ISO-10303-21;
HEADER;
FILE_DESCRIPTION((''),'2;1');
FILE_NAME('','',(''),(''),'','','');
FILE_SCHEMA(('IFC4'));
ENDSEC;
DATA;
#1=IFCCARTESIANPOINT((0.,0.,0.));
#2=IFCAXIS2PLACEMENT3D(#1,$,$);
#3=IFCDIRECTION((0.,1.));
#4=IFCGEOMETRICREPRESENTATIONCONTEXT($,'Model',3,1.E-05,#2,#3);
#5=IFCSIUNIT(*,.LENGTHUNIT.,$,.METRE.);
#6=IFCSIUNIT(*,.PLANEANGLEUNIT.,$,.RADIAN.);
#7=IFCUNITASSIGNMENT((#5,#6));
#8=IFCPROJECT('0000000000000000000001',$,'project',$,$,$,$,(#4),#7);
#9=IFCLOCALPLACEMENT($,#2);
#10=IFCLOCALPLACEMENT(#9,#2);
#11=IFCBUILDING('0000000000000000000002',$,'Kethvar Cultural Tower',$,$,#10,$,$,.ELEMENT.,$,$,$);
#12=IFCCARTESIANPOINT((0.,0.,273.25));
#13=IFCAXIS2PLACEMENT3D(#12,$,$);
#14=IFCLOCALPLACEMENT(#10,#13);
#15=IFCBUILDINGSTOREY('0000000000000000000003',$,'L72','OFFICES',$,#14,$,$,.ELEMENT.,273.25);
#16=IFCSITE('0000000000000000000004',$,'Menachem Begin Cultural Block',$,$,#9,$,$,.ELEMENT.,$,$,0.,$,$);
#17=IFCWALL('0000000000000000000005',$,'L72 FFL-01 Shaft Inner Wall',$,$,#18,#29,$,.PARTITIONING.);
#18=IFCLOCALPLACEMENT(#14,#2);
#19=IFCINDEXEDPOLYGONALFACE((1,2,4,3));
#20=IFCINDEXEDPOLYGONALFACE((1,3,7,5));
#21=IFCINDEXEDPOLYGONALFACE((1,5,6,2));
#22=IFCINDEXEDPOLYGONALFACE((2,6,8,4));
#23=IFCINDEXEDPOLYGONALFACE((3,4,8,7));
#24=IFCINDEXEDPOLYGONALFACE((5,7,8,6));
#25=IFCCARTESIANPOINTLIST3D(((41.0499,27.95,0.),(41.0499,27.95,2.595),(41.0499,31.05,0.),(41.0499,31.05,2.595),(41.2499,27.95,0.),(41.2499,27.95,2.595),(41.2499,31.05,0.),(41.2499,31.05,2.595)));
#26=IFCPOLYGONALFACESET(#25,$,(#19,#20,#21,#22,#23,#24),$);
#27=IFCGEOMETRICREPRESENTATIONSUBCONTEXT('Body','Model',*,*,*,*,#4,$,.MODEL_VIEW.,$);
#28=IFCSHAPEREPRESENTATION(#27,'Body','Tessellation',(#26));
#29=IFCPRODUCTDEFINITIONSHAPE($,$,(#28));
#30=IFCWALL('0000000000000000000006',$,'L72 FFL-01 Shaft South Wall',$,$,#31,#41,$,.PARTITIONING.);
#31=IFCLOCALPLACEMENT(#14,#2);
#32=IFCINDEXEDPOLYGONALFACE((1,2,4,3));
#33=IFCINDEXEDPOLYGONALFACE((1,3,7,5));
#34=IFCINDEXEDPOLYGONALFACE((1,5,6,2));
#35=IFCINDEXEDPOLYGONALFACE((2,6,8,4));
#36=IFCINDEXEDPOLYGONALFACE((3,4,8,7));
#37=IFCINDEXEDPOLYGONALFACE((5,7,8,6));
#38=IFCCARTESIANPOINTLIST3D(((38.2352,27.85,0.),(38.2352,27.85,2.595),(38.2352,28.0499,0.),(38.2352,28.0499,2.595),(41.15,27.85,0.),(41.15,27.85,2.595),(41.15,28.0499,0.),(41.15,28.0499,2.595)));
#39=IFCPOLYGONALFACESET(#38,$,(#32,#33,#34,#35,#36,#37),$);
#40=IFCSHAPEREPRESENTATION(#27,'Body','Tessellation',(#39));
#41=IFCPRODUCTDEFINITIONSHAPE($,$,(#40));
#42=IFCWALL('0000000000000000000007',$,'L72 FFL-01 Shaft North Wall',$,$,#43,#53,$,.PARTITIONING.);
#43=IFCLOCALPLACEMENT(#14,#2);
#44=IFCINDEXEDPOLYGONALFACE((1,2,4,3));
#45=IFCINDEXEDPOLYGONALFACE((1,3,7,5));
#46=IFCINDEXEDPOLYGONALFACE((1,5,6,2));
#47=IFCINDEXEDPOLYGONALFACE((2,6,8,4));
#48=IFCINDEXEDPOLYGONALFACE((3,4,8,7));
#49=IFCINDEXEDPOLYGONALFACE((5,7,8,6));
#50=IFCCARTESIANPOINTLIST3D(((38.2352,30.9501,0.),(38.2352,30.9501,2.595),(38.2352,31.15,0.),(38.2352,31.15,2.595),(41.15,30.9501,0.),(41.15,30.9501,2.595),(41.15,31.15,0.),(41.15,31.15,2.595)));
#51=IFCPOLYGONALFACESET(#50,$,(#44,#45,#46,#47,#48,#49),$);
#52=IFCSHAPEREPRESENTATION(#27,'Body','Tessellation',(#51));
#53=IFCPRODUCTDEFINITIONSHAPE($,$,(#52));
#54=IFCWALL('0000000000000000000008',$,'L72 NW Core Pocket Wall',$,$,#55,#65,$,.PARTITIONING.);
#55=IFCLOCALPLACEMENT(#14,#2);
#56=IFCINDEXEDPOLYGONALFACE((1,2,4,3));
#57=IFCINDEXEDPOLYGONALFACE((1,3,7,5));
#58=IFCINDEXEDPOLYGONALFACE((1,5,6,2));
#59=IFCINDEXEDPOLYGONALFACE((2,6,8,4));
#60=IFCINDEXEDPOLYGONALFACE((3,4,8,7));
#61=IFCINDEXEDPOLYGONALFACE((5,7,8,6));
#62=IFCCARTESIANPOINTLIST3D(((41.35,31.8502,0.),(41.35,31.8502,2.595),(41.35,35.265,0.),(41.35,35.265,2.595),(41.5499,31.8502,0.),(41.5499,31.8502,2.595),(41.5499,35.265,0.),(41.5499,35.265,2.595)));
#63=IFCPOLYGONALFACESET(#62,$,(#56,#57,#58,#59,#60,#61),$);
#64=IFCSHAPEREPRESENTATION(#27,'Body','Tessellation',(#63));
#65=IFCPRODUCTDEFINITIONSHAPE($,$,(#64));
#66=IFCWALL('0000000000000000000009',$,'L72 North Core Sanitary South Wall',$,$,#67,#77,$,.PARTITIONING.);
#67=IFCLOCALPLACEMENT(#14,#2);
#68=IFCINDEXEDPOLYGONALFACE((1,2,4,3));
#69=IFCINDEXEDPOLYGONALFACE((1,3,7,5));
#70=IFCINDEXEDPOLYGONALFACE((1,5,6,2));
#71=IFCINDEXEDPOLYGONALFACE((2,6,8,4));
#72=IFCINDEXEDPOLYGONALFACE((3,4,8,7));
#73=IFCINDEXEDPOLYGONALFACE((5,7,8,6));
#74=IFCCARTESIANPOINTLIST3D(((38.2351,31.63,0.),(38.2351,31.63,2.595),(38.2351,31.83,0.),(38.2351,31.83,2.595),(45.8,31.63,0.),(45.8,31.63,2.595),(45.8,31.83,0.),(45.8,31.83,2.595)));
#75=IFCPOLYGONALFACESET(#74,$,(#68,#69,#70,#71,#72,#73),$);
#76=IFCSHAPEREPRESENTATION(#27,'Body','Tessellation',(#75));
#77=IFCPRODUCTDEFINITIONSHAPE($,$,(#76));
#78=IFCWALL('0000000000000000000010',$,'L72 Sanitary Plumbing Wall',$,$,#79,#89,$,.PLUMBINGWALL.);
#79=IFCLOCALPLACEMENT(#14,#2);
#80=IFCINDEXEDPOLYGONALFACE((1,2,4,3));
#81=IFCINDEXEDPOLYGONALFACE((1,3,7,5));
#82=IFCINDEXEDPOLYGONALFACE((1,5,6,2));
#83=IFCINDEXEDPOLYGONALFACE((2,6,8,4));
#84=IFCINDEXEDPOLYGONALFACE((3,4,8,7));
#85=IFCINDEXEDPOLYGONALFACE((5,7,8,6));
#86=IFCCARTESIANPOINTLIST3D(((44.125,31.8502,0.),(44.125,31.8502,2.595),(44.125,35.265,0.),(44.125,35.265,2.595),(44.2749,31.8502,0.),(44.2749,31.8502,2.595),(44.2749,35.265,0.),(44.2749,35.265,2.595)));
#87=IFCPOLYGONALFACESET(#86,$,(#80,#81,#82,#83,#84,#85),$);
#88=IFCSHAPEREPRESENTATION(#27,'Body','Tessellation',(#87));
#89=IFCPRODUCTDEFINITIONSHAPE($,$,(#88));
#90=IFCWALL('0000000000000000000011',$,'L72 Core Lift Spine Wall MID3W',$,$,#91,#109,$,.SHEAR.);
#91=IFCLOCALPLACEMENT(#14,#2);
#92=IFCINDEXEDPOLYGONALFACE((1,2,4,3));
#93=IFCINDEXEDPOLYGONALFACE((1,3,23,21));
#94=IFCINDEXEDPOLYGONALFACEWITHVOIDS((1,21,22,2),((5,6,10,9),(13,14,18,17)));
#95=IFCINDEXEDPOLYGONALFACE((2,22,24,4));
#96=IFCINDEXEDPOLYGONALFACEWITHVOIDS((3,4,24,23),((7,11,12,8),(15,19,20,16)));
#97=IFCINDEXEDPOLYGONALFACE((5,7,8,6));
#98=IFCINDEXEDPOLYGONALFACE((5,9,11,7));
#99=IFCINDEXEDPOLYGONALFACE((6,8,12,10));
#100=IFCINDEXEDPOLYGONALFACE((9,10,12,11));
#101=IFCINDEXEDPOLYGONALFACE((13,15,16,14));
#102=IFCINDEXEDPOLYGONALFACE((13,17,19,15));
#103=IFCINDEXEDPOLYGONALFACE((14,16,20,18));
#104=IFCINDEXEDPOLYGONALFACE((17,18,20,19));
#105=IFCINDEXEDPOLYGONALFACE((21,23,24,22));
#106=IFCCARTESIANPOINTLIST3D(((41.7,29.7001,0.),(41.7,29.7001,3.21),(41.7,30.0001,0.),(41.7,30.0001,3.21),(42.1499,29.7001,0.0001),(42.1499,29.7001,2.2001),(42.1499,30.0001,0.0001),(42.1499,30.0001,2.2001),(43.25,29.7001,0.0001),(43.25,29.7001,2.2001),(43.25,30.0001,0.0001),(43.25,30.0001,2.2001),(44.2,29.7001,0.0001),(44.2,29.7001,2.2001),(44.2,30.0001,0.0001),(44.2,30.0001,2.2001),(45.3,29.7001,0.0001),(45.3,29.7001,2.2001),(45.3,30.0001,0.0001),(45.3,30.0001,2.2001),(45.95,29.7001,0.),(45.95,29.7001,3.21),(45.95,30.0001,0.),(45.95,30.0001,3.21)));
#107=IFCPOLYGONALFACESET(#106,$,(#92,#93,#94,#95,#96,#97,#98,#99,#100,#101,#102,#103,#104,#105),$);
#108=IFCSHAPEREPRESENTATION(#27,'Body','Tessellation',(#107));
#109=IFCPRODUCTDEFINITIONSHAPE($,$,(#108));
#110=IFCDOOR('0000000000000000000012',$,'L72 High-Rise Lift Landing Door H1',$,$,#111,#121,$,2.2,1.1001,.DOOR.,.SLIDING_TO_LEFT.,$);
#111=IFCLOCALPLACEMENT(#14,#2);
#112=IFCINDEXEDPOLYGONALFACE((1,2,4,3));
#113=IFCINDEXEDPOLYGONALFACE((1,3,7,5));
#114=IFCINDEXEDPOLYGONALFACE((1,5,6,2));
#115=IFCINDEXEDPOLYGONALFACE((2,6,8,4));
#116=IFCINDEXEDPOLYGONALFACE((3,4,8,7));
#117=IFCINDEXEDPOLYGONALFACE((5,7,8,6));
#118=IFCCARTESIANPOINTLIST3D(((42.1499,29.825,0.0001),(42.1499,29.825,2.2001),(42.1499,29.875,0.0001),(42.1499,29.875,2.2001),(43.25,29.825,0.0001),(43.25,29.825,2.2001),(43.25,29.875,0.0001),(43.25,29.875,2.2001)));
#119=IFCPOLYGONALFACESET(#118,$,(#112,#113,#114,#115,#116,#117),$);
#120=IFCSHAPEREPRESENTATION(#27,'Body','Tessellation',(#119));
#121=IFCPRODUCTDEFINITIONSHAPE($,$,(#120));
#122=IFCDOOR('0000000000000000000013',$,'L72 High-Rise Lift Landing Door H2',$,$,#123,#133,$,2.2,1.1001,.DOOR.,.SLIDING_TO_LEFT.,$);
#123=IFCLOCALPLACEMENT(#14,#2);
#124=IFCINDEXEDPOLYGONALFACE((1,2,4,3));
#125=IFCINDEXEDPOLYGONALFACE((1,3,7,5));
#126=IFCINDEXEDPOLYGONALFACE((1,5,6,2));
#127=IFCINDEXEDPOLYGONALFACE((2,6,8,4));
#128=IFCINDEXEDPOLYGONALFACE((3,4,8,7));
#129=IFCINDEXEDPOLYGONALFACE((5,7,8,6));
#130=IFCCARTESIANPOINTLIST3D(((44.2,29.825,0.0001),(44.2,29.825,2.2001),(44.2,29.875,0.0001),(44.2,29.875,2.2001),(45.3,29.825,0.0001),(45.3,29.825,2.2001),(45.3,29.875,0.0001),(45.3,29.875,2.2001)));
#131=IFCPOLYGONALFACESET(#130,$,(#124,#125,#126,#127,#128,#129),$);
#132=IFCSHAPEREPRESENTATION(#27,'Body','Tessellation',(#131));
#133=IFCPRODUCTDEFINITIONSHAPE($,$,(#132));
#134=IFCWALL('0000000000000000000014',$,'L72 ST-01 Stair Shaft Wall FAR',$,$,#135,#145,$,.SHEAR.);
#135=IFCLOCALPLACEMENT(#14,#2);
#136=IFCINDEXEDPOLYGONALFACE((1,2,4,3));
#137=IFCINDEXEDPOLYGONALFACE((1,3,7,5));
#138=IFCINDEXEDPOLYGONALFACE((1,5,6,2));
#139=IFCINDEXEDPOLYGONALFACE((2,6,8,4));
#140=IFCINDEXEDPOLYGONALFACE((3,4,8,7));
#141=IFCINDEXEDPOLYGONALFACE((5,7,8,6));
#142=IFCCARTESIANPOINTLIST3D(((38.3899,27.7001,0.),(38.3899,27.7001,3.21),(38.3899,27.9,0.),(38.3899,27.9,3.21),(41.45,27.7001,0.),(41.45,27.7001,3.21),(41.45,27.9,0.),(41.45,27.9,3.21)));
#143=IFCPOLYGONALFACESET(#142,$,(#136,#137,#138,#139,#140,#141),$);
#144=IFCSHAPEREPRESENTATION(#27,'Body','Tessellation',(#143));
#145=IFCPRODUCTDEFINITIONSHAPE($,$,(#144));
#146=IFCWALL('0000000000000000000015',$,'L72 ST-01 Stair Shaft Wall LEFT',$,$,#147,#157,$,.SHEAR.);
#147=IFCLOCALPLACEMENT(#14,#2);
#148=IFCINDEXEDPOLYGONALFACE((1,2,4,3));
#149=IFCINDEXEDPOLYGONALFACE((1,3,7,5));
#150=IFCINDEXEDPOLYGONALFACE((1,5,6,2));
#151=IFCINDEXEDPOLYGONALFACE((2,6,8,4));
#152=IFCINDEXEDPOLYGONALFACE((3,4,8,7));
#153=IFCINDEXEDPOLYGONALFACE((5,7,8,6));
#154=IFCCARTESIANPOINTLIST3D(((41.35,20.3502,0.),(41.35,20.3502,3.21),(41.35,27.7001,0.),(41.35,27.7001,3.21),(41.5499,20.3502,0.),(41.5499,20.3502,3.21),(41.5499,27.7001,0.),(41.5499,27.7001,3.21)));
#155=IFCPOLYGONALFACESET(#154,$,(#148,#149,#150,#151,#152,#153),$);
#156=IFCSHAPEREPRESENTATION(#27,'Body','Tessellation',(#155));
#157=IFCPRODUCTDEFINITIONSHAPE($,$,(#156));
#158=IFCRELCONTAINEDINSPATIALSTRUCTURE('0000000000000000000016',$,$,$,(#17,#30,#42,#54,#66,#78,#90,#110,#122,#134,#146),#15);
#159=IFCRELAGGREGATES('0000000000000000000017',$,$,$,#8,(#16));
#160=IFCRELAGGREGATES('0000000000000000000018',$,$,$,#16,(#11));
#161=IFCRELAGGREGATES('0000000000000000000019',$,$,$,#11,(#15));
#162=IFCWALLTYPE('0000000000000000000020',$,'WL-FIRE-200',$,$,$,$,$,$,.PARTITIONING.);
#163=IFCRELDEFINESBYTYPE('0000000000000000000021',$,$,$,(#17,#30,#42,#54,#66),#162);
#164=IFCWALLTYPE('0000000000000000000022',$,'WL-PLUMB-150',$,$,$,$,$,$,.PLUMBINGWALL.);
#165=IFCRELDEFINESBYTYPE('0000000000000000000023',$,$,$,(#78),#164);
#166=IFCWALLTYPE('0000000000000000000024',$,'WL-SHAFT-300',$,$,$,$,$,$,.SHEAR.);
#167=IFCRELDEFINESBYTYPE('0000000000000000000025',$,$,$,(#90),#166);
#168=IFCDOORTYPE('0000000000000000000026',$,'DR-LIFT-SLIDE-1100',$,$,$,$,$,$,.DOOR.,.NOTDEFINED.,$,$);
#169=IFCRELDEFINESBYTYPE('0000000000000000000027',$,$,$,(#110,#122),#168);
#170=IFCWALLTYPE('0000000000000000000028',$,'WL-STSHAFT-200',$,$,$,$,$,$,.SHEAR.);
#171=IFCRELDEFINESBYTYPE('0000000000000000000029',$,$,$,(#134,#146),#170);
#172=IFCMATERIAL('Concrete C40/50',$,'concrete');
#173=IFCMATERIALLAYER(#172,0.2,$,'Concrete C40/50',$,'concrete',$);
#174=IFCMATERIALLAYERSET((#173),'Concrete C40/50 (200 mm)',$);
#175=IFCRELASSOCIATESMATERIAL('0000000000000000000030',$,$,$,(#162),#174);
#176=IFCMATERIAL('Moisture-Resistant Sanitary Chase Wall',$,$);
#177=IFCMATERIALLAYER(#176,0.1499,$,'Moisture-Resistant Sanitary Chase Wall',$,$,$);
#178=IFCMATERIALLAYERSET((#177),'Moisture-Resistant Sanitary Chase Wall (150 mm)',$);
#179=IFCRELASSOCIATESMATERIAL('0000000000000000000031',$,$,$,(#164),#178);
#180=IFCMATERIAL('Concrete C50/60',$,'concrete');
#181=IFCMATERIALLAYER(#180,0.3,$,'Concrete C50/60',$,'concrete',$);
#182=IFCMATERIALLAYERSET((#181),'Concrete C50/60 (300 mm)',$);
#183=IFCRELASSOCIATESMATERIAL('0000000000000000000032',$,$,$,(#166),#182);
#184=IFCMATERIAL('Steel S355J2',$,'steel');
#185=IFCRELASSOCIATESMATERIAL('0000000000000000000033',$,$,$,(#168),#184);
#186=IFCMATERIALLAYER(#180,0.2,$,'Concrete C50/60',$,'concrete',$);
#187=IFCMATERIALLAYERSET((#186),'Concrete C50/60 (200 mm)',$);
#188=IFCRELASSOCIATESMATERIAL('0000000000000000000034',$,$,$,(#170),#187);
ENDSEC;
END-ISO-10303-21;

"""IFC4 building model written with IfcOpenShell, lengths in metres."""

from ifc_helpers import new_model, si_unit, direction, frame, frame_2d, origin, place, context, subcontext, project, spatial, rectangle, extrude, source, transform, mapped, material, layer, layer_set, type_object, element, fill, save


model = new_model("IFC4")

# Units and contexts
model_context = context("Model", 3, precision=1e-05, world=origin(), true_north=direction((0.0, 1.0)))
body_context = subcontext(model_context, "Body", "Model", "MODEL_VIEW")
ifc_project = project(units=[si_unit("LENGTHUNIT", "METRE"), si_unit("PLANEANGLEUNIT", "RADIAN")], contexts=[model_context])

# Site, building, storey
site_placement = place(None, origin())
site = spatial("IfcSite", under=ifc_project, at=site_placement, Name="Menachem Begin Cultural Block", CompositionType="ELEMENT", RefElevation=0.0)
building_placement = place(site_placement, origin())
building = spatial("IfcBuilding", under=site, at=building_placement, Name="Kethvar Cultural Tower", CompositionType="ELEMENT")
storey_placement = place(building_placement, frame((0.0, 0.0, 273.25)))
storey = spatial("IfcBuildingStorey", under=building, at=storey_placement, Name="L72", Description="OFFICES", CompositionType="ELEMENT", Elevation=273.25)

# Shared definitions
ifc_material_1 = material(Name="Steel S355J2", Category="steel")

# Walls
ifc_material_2 = material(Name="Concrete C40/50", Category="concrete")
ifc_layer_1 = layer(ifc_material_2, 0.2, Name="Concrete C40/50", Category="concrete")
ifc_layer_set_1 = layer_set([ifc_layer_1], Name="Concrete C40/50 (200 mm)")
wall_type_1 = type_object("IfcWallType", Name="WL-FIRE-200", PredefinedType="PARTITIONING", material=ifc_layer_set_1)
wall_1_placement = place(storey_placement, frame((41.1499, 27.95, 0.0), z_axis=(0.0, 0.0, 1.0), x_axis=(0.0, 1.0, 0.0)))
element("IfcWall", 1, at=wall_1_placement, inside=storey, type_object=wall_type_1, Name="L72 FFL-01 Shaft Inner Wall", PredefinedType="PARTITIONING", context=body_context, shape_type="SweptSolid", body=[
    extrude(rectangle(XDim=3.1001, YDim=0.2, at=frame_2d((1.55, 0.0))), origin(), (0.0, 0.0, 1.0), 2.595),
])
for number, where, z_axis, x_axis, name in (
    (2, (38.2351, 27.95, 0.0), (0.0, 0.0, 1.0), (1.0, 0.0, 0.0), "L72 FFL-01 Shaft South Wall"),
    (3, (38.2351, 31.05, 0.0), (0.0, 0.0, 1.0), (1.0, 0.0, 0.0), "L72 FFL-01 Shaft North Wall"),
):
    element("IfcWall", number, at=place(storey_placement, frame(where, z_axis=z_axis, x_axis=x_axis)), inside=storey, type_object=wall_type_1, Name=name, PredefinedType="PARTITIONING", context=body_context, shape_type="SweptSolid", body=[
        extrude(rectangle(XDim=2.9148, YDim=0.2, at=frame_2d((1.4575, 0.0))), origin(), (0.0, 0.0, 1.0), 2.595),
    ])
wall_2_placement = place(storey_placement, frame((41.45, 31.8501, 0.0), z_axis=(0.0, 0.0, 1.0), x_axis=(0.0, 1.0, 0.0)))
element("IfcWall", 4, at=wall_2_placement, inside=storey, type_object=wall_type_1, Name="L72 NW Core Pocket Wall", PredefinedType="PARTITIONING", context=body_context, shape_type="SweptSolid", body=[
    extrude(rectangle(XDim=3.4148, YDim=0.2, at=frame_2d((1.7075, 0.0))), origin(), (0.0, 0.0, 1.0), 2.595),
])
wall_3_placement = place(storey_placement, frame((38.2351, 31.73, 0.0), z_axis=(0.0, 0.0, 1.0), x_axis=(1.0, 0.0, 0.0)))
element("IfcWall", 5, at=wall_3_placement, inside=storey, type_object=wall_type_1, Name="L72 North Core Sanitary South Wall", PredefinedType="PARTITIONING", context=body_context, shape_type="SweptSolid", body=[
    extrude(rectangle(XDim=7.5649, YDim=0.2, at=frame_2d((3.7825, 0.0))), origin(), (0.0, 0.0, 1.0), 2.595),
])
ifc_material_3 = material(Name="Moisture-Resistant Sanitary Chase Wall")
ifc_layer_2 = layer(ifc_material_3, 0.1499, Name="Moisture-Resistant Sanitary Chase Wall")
ifc_layer_set_2 = layer_set([ifc_layer_2], Name="Moisture-Resistant Sanitary Chase Wall (150 mm)")
wall_type_2 = type_object("IfcWallType", Name="WL-PLUMB-150", PredefinedType="PLUMBINGWALL", material=ifc_layer_set_2)
wall_4_placement = place(storey_placement, frame((44.2, 31.8501, 0.0), z_axis=(0.0, 0.0, 1.0), x_axis=(0.0, 1.0, 0.0)))
element("IfcWall", 6, at=wall_4_placement, inside=storey, type_object=wall_type_2, Name="L72 Sanitary Plumbing Wall", PredefinedType="PLUMBINGWALL", context=body_context, shape_type="SweptSolid", body=[
    extrude(rectangle(XDim=3.4148, YDim=0.1499, at=frame_2d((1.7075, 0.0))), origin(), (0.0, 0.0, 1.0), 2.595),
])

# Shared definitions
ifc_material_4 = material(Name="Concrete C50/60", Category="concrete")
ifc_layer_3 = layer(ifc_material_4, 0.3, Name="Concrete C50/60", Category="concrete")
ifc_layer_set_3 = layer_set([ifc_layer_3], Name="Concrete C50/60 (300 mm)")
wall_type_3 = type_object("IfcWallType", Name="WL-SHAFT-300", PredefinedType="SHEAR", material=ifc_layer_set_3)

# Wall, openings, doors
wall_5_placement = place(storey_placement, frame((41.7, 29.8501, 0.0), z_axis=(0.0, 0.0, 1.0), x_axis=(1.0, 0.0, 0.0)))
wall_5 = element("IfcWall", 7, at=wall_5_placement, inside=storey, type_object=wall_type_3, Name="L72 Core Lift Spine Wall MID3W", PredefinedType="SHEAR", context=body_context, shape_type="SweptSolid", body=[
    extrude(rectangle(XDim=4.25, YDim=0.3, at=frame_2d((2.125, 0.0))), origin(), (0.0, 0.0, 1.0), 3.21),
])
opening_1_placement = place(wall_5_placement, frame((0.45, 0.0, 0.0)))
opening_1 = element("IfcOpeningElement", 8, at=opening_1_placement, cuts=wall_5, PredefinedType="OPENING", context=body_context, shape_type="SweptSolid", body=[
    extrude(rectangle(XDim=1.1001, YDim=2.2, at=frame_2d((0.55, 1.1001))), frame((0.0, 0.1599, 0.0), z_axis=(0.0, -1.0, 0.0), x_axis=(1.0, 0.0, 0.0)), (0.0, 0.0, 1.0), 0.3201),
])
opening_2_placement = place(wall_5_placement, frame((2.5, 0.0, 0.0)))
opening_2 = element("IfcOpeningElement", 9, at=opening_2_placement, cuts=wall_5, PredefinedType="OPENING", context=body_context, shape_type="SweptSolid", body=[
    extrude(rectangle(XDim=1.1001, YDim=2.2, at=frame_2d((0.55, 1.1001))), frame((0.0, 0.1599, 0.0), z_axis=(0.0, -1.0, 0.0), x_axis=(1.0, 0.0, 0.0)), (0.0, 0.0, 1.0), 0.3201),
])
door_type_1 = type_object("IfcDoorType", Name="DR-LIFT-SLIDE-1100", OperationType="NOTDEFINED", PredefinedType="DOOR", material=ifc_material_1)
shared_shape_1 = source(origin(), body_context, "Body", "SweptSolid", [
    extrude(rectangle(XDim=1.1001, YDim=2.2, at=frame_2d((0.55, 1.1001))), frame((0.0, 0.0249, 0.0), z_axis=(0.0, -1.0, 0.0), x_axis=(1.0, 0.0, 0.0)), (0.0, 0.0, 1.0), 0.05),
])
door_1_placement = place(opening_1_placement, origin())
door_1 = element("IfcDoor", 10, at=door_1_placement, inside=storey, type_object=door_type_1, Name="L72 High-Rise Lift Landing Door H1", OperationType="SLIDING_TO_LEFT", OverallHeight=2.2, OverallWidth=1.1001, PredefinedType="DOOR", context=body_context, shape_type="MappedRepresentation", body=[
    mapped(shared_shape_1, transform((0.0, 0.0, 0.0), scale=1.0)),
])
fill(opening_1, door_1)
door_2_placement = place(opening_2_placement, origin())
door_2 = element("IfcDoor", 11, at=door_2_placement, inside=storey, type_object=door_type_1, Name="L72 High-Rise Lift Landing Door H2", OperationType="SLIDING_TO_LEFT", OverallHeight=2.2, OverallWidth=1.1001, PredefinedType="DOOR", context=body_context, shape_type="MappedRepresentation", body=[
    mapped(shared_shape_1, transform((0.0, 0.0, 0.0), scale=1.0)),
])
fill(opening_2, door_2)

# Walls
ifc_layer_4 = layer(ifc_material_4, 0.2, Name="Concrete C50/60", Category="concrete")
ifc_layer_set_4 = layer_set([ifc_layer_4], Name="Concrete C50/60 (200 mm)")
wall_type_4 = type_object("IfcWallType", Name="WL-STSHAFT-200", PredefinedType="SHEAR", material=ifc_layer_set_4)
wall_6_placement = place(storey_placement, frame((38.3899, 27.8, 0.0), z_axis=(0.0, 0.0, 1.0), x_axis=(1.0, 0.0, 0.0)))
element("IfcWall", 12, at=wall_6_placement, inside=storey, type_object=wall_type_4, Name="L72 ST-01 Stair Shaft Wall FAR", PredefinedType="SHEAR", context=body_context, shape_type="SweptSolid", body=[
    extrude(rectangle(XDim=3.0601, YDim=0.2, at=frame_2d((1.53, 0.0))), origin(), (0.0, 0.0, 1.0), 3.21),
])
wall_7_placement = place(storey_placement, frame((41.45, 27.7, 0.0), z_axis=(0.0, 0.0, 1.0), x_axis=(0.0, -1.0, 0.0)))
element("IfcWall", 13, at=wall_7_placement, inside=storey, type_object=wall_type_4, Name="L72 ST-01 Stair Shaft Wall LEFT", PredefinedType="SHEAR", context=body_context, shape_type="SweptSolid", body=[
    extrude(rectangle(XDim=7.3499, YDim=0.2, at=frame_2d((3.6748, 0.0))), origin(), (0.0, 0.0, 1.0), 3.21),
])

save(model, "model.ifc")
